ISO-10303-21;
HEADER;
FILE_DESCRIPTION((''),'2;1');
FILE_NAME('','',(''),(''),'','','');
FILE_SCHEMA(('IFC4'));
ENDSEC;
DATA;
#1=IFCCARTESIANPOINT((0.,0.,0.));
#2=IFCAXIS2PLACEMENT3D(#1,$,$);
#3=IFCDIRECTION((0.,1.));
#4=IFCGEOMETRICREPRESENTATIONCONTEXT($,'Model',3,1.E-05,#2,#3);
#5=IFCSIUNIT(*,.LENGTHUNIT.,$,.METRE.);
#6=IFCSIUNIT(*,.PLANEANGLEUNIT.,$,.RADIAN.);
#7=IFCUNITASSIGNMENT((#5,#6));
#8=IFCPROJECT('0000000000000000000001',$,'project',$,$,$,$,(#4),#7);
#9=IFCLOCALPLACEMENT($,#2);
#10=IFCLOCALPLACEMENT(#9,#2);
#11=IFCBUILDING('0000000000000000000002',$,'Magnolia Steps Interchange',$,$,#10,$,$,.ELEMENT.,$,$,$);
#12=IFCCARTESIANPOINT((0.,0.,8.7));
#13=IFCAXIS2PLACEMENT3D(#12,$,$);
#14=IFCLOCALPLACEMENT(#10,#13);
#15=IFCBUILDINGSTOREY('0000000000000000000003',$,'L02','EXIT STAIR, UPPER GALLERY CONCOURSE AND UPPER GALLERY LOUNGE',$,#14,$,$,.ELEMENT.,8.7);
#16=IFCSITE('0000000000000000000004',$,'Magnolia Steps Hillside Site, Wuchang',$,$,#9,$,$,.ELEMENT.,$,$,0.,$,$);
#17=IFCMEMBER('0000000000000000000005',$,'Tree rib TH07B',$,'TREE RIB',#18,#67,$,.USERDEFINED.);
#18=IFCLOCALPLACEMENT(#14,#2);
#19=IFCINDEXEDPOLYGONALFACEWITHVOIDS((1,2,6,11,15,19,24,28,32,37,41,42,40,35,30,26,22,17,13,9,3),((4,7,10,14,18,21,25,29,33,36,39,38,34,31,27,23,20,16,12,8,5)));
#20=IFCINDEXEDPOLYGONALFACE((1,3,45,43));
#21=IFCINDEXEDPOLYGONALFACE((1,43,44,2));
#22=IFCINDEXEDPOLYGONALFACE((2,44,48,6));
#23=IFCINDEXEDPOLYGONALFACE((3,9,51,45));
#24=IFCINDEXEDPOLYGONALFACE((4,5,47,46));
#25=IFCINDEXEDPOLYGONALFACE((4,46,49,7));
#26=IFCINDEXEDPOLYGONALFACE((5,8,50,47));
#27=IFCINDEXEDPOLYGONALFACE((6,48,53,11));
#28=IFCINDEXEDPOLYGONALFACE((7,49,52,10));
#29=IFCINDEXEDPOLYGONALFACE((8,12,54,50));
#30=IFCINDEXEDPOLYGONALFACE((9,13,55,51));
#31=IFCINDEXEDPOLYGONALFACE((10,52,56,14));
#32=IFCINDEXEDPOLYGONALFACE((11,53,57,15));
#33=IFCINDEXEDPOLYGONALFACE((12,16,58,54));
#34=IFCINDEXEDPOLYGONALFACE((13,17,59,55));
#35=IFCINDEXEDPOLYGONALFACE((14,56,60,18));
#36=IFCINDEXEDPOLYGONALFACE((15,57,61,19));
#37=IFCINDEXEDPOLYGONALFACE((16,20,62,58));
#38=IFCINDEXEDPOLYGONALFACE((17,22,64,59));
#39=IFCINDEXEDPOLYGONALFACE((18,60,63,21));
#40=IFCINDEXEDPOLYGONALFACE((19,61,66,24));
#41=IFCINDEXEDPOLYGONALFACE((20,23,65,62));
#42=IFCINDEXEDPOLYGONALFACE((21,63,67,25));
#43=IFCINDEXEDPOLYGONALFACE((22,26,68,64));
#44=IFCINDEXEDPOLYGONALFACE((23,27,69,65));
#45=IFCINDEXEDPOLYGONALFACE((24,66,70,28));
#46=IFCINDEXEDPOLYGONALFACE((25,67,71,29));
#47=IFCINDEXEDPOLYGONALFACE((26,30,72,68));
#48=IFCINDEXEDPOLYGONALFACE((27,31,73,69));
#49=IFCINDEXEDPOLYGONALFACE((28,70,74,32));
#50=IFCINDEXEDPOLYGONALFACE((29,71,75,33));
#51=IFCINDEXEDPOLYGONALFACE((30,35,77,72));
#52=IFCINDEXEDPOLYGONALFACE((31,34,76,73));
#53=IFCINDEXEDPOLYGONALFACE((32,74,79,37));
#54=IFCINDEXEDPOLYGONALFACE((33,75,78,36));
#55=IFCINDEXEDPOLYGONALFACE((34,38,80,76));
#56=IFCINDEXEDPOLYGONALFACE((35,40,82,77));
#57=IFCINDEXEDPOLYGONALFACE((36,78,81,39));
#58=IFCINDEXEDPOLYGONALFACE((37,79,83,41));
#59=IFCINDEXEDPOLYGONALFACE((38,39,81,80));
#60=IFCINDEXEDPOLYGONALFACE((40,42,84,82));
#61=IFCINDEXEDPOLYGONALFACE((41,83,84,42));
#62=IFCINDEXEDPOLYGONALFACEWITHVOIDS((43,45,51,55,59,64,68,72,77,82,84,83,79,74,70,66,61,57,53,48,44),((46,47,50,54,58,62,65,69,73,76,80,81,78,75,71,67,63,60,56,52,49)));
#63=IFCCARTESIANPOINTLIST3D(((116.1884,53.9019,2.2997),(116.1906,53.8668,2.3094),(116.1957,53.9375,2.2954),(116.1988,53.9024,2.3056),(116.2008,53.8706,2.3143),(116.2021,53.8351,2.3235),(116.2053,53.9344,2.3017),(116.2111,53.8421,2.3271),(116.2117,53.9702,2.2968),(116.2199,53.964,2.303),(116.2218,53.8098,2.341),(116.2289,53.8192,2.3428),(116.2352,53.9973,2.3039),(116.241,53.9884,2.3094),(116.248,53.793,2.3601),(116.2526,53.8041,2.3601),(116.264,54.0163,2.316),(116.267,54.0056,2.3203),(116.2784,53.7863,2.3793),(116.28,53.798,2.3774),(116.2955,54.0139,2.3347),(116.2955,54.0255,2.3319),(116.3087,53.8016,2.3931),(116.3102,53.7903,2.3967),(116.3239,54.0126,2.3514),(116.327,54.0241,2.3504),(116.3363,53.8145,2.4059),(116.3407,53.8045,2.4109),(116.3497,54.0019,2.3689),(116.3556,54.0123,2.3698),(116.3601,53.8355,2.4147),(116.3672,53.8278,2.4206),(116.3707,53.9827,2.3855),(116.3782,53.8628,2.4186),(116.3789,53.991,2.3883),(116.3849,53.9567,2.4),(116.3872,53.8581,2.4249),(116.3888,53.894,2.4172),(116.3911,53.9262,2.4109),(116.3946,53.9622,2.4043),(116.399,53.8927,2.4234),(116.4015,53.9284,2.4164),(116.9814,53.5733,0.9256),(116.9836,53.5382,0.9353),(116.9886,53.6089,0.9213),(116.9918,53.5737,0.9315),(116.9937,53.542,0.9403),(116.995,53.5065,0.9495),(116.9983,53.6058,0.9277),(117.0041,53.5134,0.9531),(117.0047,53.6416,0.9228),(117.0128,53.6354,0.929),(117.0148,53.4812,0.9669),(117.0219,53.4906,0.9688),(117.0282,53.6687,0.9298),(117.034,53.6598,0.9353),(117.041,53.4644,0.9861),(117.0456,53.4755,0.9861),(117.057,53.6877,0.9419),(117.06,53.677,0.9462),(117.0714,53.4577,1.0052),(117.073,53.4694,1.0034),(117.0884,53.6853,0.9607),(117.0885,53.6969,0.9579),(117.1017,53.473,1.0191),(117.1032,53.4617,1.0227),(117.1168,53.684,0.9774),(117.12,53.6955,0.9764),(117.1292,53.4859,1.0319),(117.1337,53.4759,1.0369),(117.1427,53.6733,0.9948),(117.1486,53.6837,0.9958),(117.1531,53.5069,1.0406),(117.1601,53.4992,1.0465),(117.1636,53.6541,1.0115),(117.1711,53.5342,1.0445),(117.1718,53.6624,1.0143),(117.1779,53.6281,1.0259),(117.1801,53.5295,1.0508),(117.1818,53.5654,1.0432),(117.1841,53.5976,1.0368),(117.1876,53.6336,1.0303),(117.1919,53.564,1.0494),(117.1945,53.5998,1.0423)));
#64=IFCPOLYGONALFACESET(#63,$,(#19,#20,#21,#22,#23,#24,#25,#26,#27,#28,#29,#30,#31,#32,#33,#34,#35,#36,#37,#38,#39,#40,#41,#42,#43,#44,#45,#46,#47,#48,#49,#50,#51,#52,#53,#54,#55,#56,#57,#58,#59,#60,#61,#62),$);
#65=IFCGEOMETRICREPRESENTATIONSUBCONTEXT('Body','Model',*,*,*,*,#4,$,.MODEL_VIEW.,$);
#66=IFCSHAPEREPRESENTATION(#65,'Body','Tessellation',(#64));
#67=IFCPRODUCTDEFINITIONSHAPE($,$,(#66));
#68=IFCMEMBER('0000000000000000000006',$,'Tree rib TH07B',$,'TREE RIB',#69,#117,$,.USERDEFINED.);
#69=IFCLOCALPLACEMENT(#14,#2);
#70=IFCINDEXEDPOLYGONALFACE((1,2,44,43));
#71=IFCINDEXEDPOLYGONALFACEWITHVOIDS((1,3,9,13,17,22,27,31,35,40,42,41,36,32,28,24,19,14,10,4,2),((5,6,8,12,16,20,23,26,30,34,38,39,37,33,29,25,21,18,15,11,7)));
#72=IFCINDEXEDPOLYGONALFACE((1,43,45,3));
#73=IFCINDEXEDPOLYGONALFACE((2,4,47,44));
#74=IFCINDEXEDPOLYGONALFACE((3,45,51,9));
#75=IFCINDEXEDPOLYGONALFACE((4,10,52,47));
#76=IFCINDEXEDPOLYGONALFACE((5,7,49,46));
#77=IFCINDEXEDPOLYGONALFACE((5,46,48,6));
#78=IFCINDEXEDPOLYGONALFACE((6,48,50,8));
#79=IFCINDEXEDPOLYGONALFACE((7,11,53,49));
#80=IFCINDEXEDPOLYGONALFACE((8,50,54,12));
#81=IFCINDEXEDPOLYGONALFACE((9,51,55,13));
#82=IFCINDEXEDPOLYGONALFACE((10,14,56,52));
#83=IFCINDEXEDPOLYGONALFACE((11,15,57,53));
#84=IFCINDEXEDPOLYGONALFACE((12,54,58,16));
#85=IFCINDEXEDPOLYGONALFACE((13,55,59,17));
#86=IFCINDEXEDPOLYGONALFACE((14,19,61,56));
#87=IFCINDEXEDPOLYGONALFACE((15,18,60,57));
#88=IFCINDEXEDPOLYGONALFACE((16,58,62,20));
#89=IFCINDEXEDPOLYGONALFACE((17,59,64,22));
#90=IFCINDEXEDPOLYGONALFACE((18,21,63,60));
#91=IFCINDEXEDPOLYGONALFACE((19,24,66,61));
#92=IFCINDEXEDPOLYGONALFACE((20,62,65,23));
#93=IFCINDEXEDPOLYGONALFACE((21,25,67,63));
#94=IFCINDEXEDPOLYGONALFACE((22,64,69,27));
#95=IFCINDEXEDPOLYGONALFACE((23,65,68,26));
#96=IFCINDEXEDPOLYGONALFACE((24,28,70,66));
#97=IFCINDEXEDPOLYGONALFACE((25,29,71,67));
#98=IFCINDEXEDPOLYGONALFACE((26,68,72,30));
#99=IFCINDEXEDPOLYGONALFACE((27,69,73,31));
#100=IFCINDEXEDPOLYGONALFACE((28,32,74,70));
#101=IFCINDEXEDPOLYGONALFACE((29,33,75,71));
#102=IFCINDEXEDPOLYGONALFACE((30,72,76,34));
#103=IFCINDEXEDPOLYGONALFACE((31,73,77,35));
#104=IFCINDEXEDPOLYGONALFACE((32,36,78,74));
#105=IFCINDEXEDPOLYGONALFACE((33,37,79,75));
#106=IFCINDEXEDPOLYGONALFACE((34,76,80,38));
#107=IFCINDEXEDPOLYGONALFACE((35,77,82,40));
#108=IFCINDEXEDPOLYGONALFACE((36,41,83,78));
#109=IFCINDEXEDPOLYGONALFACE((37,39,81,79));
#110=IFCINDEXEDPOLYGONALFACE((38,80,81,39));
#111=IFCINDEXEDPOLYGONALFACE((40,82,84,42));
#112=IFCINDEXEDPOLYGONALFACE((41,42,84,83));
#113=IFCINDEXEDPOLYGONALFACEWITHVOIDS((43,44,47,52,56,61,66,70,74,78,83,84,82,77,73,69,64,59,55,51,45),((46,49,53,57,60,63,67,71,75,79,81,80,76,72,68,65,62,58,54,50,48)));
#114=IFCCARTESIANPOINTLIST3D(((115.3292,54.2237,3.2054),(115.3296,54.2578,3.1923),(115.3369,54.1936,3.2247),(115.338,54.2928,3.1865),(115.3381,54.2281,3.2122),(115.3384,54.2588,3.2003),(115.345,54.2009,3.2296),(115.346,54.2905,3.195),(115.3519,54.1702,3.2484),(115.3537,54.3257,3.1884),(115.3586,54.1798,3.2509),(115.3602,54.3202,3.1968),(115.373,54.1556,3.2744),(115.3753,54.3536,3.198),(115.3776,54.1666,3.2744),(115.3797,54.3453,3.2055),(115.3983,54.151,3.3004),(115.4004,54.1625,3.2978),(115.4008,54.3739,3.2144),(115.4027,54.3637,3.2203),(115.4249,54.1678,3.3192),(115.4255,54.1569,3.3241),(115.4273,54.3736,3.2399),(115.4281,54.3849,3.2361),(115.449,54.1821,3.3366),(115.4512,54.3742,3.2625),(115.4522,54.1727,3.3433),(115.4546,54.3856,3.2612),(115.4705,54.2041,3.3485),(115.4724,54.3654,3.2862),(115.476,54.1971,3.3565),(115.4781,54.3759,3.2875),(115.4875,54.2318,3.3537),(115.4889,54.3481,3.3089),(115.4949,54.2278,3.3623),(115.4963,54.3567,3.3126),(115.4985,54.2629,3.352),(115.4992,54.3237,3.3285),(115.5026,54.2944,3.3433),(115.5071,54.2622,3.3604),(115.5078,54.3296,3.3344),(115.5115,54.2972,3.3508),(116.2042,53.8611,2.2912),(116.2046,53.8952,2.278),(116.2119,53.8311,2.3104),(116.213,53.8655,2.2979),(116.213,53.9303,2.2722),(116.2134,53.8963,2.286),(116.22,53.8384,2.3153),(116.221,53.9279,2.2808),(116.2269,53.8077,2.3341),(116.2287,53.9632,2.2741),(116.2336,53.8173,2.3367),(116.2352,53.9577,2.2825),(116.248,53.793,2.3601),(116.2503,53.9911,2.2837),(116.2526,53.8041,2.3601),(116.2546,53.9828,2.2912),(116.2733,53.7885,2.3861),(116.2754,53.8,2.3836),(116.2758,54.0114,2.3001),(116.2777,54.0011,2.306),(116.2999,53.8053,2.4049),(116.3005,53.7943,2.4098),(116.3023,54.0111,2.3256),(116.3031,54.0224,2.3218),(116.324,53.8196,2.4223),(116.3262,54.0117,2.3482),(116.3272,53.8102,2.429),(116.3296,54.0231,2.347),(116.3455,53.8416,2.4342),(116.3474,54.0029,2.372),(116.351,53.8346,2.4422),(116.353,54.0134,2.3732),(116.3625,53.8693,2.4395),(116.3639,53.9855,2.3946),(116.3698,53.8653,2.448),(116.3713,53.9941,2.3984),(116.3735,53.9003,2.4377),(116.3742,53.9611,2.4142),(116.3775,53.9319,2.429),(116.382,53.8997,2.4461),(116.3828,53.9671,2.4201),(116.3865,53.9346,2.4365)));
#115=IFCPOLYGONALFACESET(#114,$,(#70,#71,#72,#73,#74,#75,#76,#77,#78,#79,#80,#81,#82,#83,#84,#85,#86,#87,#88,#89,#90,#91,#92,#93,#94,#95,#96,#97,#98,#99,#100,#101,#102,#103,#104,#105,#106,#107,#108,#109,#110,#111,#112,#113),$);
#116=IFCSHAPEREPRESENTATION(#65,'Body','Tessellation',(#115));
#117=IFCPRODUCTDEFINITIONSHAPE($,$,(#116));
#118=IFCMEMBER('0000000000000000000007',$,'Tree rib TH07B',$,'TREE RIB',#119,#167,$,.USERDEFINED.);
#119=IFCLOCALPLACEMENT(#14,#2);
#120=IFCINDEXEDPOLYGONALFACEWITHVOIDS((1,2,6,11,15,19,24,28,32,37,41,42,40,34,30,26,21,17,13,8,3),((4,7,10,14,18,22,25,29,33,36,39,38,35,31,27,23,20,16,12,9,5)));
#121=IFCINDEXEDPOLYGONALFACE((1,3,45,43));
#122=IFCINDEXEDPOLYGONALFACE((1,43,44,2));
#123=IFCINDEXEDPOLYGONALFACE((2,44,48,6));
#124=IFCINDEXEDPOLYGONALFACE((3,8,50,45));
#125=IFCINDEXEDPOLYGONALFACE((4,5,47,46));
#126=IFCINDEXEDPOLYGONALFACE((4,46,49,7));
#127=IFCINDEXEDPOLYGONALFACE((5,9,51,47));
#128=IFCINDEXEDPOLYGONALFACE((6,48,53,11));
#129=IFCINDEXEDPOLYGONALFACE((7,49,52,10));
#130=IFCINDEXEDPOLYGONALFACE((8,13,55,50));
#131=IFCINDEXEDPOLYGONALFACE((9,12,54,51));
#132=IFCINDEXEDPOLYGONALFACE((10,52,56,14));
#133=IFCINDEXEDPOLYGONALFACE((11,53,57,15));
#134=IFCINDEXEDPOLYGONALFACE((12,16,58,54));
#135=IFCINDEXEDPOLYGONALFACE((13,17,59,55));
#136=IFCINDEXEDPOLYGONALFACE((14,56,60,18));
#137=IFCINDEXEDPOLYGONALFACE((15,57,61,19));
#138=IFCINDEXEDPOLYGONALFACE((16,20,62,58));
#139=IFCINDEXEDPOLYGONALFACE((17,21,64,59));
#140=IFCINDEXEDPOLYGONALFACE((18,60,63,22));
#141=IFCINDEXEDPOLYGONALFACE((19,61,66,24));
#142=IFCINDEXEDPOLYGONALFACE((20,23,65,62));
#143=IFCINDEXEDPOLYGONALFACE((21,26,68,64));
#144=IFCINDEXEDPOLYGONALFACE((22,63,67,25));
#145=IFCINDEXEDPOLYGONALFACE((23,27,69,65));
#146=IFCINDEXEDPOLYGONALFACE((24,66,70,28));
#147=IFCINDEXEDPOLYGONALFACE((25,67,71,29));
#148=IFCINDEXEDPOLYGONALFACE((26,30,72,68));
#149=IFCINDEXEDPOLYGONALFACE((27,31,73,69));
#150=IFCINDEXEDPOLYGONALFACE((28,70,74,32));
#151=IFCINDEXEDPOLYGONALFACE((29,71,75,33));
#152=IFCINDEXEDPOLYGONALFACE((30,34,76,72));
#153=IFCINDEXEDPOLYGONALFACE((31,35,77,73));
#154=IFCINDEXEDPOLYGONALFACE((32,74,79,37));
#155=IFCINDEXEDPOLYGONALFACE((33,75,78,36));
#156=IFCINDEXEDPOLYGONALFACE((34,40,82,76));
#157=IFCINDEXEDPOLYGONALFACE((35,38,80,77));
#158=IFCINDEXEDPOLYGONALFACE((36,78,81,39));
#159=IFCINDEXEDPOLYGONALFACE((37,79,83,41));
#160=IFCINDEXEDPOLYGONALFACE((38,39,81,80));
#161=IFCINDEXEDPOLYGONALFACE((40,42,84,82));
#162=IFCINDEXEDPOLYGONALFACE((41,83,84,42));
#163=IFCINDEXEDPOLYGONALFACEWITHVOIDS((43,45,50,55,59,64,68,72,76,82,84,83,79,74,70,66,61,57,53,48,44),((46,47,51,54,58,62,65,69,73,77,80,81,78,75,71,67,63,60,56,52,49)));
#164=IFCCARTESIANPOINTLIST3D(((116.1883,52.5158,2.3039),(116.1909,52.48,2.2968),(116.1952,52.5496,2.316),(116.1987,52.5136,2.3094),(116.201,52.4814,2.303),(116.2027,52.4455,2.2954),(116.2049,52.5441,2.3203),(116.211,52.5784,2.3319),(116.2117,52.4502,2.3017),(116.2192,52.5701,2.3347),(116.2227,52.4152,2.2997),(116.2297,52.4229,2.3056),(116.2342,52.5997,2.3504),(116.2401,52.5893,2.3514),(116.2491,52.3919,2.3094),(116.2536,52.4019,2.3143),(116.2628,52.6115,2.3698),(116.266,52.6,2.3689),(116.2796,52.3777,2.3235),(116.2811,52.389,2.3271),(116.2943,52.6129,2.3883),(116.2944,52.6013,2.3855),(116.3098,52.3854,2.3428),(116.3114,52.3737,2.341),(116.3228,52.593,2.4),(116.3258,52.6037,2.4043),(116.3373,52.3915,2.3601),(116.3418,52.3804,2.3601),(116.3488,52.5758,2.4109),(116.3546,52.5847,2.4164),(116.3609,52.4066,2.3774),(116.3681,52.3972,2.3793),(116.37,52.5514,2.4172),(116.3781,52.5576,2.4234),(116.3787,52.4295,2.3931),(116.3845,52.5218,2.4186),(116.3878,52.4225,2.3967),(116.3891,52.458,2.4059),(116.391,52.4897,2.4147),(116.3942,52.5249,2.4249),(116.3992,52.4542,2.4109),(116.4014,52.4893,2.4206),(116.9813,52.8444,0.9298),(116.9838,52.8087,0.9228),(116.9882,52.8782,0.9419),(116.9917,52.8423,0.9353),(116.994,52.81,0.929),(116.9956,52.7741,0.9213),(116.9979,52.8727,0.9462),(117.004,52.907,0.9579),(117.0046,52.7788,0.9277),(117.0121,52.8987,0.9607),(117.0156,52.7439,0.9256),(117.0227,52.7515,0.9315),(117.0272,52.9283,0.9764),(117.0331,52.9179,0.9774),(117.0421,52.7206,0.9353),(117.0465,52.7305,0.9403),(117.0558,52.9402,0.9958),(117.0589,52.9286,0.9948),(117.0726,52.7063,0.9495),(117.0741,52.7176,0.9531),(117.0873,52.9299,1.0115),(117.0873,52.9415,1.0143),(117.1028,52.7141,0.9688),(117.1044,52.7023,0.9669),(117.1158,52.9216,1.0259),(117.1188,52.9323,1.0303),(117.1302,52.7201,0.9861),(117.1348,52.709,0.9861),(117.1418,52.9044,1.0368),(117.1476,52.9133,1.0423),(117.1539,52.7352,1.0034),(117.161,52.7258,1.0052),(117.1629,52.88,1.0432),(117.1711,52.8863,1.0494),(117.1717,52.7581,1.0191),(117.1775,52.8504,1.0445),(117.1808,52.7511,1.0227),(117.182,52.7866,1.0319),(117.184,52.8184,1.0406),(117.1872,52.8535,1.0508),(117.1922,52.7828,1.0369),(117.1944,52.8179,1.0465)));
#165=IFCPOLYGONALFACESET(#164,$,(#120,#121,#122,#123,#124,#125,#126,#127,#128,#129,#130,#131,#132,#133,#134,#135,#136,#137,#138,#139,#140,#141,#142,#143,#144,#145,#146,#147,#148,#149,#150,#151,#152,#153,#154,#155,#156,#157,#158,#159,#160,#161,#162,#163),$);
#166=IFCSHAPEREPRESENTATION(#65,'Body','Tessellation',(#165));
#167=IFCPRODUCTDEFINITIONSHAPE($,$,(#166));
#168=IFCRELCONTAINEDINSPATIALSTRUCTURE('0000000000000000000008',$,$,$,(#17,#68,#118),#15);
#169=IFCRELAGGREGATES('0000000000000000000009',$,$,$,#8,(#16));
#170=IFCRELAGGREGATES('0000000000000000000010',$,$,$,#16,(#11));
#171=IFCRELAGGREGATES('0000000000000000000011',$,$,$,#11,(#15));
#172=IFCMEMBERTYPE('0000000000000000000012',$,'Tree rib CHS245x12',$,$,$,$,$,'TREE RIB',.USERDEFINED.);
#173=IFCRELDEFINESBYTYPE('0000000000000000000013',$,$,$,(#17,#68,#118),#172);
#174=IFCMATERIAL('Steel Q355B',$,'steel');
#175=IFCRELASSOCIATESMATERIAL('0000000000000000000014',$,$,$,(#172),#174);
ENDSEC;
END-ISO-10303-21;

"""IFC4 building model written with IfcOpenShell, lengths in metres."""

from ifc_helpers import new_model, si_unit, direction, frame, origin, origin_2d, place, context, subcontext, project, spatial, hollow_circle, extrude, material, material_profile, profile_set, type_object, element, save


model = new_model("IFC4")

# Units and contexts
model_context = context("Model", 3, precision=1e-05, world=origin(), true_north=direction((0.0, 1.0)))
body_context = subcontext(model_context, "Body", "Model", "MODEL_VIEW")
ifc_project = project(units=[si_unit("LENGTHUNIT", "METRE"), si_unit("PLANEANGLEUNIT", "RADIAN")], contexts=[model_context])

# Site, building, storey
site_placement = place(None, origin())
site = spatial("IfcSite", under=ifc_project, at=site_placement, Name="Magnolia Steps Hillside Site, Wuchang", CompositionType="ELEMENT", RefElevation=0.0)
building_placement = place(site_placement, origin())
building = spatial("IfcBuilding", under=site, at=building_placement, Name="Magnolia Steps Interchange", CompositionType="ELEMENT")
storey_placement = place(building_placement, frame((0.0, 0.0, 8.7)))
storey = spatial("IfcBuildingStorey", under=building, at=storey_placement, Name="L02", Description="EXIT STAIR, UPPER GALLERY CONCOURSE AND UPPER GALLERY LOUNGE", CompositionType="ELEMENT", Elevation=8.7)

# Members
ifc_material_1 = material(Name="Steel Q355B", Category="steel")
ifc_material_profile_1 = material_profile(ifc_material_1, hollow_circle(Radius=0.1226, WallThickness=0.012, at=origin_2d()), Name="CHS245x12")
ifc_profile_set_1 = profile_set([ifc_material_profile_1], Name="Steel Q355B")
member_type = type_object("IfcMemberType", Name="Tree rib CHS245x12", ElementType="TREE RIB", PredefinedType="USERDEFINED", material=ifc_profile_set_1)
member_1_placement = place(storey_placement, frame((117.0879, 53.5776, 0.9861), z_axis=(-0.489456, 0.202835, 0.84811), x_axis=(-0.382837, -0.923816, 0.0)))
element("IfcMember", 1, at=member_1_placement, inside=storey, type_object=member_type, Name="Tree rib TH07B", ObjectType="TREE RIB", PredefinedType="USERDEFINED", context=body_context, shape_type="SweptSolid", body=[
    extrude(hollow_circle(Radius=0.1226, WallThickness=0.012, at=origin_2d()), origin(), (0.0, 0.0, 1.0), 1.6201),
])
member_2_placement = place(storey_placement, frame((116.2949, 53.9062, 2.3601), z_axis=(-0.66467, 0.2754, 0.694528), x_axis=(-0.382784, -0.923838, 0.0)))
element("IfcMember", 2, at=member_2_placement, inside=storey, type_object=member_type, Name="Tree rib TH07B", ObjectType="TREE RIB", PredefinedType="USERDEFINED", context=body_context, shape_type="SweptSolid", body=[
    extrude(hollow_circle(Radius=0.1226, WallThickness=0.012, at=origin_2d()), origin(), (0.0, 0.0, 1.0), 1.3164),
])
member_3_placement = place(storey_placement, frame((117.0879, 52.8223, 0.9861), z_axis=(-0.489456, -0.202835, 0.84811), x_axis=(0.382837, -0.923816, 0.0)))
element("IfcMember", 3, at=member_3_placement, inside=storey, type_object=member_type, Name="Tree rib TH07B", ObjectType="TREE RIB", PredefinedType="USERDEFINED", context=body_context, shape_type="SweptSolid", body=[
    extrude(hollow_circle(Radius=0.1226, WallThickness=0.012, at=origin_2d()), origin(), (0.0, 0.0, 1.0), 1.6201),
])

save(model, "model.ifc")
